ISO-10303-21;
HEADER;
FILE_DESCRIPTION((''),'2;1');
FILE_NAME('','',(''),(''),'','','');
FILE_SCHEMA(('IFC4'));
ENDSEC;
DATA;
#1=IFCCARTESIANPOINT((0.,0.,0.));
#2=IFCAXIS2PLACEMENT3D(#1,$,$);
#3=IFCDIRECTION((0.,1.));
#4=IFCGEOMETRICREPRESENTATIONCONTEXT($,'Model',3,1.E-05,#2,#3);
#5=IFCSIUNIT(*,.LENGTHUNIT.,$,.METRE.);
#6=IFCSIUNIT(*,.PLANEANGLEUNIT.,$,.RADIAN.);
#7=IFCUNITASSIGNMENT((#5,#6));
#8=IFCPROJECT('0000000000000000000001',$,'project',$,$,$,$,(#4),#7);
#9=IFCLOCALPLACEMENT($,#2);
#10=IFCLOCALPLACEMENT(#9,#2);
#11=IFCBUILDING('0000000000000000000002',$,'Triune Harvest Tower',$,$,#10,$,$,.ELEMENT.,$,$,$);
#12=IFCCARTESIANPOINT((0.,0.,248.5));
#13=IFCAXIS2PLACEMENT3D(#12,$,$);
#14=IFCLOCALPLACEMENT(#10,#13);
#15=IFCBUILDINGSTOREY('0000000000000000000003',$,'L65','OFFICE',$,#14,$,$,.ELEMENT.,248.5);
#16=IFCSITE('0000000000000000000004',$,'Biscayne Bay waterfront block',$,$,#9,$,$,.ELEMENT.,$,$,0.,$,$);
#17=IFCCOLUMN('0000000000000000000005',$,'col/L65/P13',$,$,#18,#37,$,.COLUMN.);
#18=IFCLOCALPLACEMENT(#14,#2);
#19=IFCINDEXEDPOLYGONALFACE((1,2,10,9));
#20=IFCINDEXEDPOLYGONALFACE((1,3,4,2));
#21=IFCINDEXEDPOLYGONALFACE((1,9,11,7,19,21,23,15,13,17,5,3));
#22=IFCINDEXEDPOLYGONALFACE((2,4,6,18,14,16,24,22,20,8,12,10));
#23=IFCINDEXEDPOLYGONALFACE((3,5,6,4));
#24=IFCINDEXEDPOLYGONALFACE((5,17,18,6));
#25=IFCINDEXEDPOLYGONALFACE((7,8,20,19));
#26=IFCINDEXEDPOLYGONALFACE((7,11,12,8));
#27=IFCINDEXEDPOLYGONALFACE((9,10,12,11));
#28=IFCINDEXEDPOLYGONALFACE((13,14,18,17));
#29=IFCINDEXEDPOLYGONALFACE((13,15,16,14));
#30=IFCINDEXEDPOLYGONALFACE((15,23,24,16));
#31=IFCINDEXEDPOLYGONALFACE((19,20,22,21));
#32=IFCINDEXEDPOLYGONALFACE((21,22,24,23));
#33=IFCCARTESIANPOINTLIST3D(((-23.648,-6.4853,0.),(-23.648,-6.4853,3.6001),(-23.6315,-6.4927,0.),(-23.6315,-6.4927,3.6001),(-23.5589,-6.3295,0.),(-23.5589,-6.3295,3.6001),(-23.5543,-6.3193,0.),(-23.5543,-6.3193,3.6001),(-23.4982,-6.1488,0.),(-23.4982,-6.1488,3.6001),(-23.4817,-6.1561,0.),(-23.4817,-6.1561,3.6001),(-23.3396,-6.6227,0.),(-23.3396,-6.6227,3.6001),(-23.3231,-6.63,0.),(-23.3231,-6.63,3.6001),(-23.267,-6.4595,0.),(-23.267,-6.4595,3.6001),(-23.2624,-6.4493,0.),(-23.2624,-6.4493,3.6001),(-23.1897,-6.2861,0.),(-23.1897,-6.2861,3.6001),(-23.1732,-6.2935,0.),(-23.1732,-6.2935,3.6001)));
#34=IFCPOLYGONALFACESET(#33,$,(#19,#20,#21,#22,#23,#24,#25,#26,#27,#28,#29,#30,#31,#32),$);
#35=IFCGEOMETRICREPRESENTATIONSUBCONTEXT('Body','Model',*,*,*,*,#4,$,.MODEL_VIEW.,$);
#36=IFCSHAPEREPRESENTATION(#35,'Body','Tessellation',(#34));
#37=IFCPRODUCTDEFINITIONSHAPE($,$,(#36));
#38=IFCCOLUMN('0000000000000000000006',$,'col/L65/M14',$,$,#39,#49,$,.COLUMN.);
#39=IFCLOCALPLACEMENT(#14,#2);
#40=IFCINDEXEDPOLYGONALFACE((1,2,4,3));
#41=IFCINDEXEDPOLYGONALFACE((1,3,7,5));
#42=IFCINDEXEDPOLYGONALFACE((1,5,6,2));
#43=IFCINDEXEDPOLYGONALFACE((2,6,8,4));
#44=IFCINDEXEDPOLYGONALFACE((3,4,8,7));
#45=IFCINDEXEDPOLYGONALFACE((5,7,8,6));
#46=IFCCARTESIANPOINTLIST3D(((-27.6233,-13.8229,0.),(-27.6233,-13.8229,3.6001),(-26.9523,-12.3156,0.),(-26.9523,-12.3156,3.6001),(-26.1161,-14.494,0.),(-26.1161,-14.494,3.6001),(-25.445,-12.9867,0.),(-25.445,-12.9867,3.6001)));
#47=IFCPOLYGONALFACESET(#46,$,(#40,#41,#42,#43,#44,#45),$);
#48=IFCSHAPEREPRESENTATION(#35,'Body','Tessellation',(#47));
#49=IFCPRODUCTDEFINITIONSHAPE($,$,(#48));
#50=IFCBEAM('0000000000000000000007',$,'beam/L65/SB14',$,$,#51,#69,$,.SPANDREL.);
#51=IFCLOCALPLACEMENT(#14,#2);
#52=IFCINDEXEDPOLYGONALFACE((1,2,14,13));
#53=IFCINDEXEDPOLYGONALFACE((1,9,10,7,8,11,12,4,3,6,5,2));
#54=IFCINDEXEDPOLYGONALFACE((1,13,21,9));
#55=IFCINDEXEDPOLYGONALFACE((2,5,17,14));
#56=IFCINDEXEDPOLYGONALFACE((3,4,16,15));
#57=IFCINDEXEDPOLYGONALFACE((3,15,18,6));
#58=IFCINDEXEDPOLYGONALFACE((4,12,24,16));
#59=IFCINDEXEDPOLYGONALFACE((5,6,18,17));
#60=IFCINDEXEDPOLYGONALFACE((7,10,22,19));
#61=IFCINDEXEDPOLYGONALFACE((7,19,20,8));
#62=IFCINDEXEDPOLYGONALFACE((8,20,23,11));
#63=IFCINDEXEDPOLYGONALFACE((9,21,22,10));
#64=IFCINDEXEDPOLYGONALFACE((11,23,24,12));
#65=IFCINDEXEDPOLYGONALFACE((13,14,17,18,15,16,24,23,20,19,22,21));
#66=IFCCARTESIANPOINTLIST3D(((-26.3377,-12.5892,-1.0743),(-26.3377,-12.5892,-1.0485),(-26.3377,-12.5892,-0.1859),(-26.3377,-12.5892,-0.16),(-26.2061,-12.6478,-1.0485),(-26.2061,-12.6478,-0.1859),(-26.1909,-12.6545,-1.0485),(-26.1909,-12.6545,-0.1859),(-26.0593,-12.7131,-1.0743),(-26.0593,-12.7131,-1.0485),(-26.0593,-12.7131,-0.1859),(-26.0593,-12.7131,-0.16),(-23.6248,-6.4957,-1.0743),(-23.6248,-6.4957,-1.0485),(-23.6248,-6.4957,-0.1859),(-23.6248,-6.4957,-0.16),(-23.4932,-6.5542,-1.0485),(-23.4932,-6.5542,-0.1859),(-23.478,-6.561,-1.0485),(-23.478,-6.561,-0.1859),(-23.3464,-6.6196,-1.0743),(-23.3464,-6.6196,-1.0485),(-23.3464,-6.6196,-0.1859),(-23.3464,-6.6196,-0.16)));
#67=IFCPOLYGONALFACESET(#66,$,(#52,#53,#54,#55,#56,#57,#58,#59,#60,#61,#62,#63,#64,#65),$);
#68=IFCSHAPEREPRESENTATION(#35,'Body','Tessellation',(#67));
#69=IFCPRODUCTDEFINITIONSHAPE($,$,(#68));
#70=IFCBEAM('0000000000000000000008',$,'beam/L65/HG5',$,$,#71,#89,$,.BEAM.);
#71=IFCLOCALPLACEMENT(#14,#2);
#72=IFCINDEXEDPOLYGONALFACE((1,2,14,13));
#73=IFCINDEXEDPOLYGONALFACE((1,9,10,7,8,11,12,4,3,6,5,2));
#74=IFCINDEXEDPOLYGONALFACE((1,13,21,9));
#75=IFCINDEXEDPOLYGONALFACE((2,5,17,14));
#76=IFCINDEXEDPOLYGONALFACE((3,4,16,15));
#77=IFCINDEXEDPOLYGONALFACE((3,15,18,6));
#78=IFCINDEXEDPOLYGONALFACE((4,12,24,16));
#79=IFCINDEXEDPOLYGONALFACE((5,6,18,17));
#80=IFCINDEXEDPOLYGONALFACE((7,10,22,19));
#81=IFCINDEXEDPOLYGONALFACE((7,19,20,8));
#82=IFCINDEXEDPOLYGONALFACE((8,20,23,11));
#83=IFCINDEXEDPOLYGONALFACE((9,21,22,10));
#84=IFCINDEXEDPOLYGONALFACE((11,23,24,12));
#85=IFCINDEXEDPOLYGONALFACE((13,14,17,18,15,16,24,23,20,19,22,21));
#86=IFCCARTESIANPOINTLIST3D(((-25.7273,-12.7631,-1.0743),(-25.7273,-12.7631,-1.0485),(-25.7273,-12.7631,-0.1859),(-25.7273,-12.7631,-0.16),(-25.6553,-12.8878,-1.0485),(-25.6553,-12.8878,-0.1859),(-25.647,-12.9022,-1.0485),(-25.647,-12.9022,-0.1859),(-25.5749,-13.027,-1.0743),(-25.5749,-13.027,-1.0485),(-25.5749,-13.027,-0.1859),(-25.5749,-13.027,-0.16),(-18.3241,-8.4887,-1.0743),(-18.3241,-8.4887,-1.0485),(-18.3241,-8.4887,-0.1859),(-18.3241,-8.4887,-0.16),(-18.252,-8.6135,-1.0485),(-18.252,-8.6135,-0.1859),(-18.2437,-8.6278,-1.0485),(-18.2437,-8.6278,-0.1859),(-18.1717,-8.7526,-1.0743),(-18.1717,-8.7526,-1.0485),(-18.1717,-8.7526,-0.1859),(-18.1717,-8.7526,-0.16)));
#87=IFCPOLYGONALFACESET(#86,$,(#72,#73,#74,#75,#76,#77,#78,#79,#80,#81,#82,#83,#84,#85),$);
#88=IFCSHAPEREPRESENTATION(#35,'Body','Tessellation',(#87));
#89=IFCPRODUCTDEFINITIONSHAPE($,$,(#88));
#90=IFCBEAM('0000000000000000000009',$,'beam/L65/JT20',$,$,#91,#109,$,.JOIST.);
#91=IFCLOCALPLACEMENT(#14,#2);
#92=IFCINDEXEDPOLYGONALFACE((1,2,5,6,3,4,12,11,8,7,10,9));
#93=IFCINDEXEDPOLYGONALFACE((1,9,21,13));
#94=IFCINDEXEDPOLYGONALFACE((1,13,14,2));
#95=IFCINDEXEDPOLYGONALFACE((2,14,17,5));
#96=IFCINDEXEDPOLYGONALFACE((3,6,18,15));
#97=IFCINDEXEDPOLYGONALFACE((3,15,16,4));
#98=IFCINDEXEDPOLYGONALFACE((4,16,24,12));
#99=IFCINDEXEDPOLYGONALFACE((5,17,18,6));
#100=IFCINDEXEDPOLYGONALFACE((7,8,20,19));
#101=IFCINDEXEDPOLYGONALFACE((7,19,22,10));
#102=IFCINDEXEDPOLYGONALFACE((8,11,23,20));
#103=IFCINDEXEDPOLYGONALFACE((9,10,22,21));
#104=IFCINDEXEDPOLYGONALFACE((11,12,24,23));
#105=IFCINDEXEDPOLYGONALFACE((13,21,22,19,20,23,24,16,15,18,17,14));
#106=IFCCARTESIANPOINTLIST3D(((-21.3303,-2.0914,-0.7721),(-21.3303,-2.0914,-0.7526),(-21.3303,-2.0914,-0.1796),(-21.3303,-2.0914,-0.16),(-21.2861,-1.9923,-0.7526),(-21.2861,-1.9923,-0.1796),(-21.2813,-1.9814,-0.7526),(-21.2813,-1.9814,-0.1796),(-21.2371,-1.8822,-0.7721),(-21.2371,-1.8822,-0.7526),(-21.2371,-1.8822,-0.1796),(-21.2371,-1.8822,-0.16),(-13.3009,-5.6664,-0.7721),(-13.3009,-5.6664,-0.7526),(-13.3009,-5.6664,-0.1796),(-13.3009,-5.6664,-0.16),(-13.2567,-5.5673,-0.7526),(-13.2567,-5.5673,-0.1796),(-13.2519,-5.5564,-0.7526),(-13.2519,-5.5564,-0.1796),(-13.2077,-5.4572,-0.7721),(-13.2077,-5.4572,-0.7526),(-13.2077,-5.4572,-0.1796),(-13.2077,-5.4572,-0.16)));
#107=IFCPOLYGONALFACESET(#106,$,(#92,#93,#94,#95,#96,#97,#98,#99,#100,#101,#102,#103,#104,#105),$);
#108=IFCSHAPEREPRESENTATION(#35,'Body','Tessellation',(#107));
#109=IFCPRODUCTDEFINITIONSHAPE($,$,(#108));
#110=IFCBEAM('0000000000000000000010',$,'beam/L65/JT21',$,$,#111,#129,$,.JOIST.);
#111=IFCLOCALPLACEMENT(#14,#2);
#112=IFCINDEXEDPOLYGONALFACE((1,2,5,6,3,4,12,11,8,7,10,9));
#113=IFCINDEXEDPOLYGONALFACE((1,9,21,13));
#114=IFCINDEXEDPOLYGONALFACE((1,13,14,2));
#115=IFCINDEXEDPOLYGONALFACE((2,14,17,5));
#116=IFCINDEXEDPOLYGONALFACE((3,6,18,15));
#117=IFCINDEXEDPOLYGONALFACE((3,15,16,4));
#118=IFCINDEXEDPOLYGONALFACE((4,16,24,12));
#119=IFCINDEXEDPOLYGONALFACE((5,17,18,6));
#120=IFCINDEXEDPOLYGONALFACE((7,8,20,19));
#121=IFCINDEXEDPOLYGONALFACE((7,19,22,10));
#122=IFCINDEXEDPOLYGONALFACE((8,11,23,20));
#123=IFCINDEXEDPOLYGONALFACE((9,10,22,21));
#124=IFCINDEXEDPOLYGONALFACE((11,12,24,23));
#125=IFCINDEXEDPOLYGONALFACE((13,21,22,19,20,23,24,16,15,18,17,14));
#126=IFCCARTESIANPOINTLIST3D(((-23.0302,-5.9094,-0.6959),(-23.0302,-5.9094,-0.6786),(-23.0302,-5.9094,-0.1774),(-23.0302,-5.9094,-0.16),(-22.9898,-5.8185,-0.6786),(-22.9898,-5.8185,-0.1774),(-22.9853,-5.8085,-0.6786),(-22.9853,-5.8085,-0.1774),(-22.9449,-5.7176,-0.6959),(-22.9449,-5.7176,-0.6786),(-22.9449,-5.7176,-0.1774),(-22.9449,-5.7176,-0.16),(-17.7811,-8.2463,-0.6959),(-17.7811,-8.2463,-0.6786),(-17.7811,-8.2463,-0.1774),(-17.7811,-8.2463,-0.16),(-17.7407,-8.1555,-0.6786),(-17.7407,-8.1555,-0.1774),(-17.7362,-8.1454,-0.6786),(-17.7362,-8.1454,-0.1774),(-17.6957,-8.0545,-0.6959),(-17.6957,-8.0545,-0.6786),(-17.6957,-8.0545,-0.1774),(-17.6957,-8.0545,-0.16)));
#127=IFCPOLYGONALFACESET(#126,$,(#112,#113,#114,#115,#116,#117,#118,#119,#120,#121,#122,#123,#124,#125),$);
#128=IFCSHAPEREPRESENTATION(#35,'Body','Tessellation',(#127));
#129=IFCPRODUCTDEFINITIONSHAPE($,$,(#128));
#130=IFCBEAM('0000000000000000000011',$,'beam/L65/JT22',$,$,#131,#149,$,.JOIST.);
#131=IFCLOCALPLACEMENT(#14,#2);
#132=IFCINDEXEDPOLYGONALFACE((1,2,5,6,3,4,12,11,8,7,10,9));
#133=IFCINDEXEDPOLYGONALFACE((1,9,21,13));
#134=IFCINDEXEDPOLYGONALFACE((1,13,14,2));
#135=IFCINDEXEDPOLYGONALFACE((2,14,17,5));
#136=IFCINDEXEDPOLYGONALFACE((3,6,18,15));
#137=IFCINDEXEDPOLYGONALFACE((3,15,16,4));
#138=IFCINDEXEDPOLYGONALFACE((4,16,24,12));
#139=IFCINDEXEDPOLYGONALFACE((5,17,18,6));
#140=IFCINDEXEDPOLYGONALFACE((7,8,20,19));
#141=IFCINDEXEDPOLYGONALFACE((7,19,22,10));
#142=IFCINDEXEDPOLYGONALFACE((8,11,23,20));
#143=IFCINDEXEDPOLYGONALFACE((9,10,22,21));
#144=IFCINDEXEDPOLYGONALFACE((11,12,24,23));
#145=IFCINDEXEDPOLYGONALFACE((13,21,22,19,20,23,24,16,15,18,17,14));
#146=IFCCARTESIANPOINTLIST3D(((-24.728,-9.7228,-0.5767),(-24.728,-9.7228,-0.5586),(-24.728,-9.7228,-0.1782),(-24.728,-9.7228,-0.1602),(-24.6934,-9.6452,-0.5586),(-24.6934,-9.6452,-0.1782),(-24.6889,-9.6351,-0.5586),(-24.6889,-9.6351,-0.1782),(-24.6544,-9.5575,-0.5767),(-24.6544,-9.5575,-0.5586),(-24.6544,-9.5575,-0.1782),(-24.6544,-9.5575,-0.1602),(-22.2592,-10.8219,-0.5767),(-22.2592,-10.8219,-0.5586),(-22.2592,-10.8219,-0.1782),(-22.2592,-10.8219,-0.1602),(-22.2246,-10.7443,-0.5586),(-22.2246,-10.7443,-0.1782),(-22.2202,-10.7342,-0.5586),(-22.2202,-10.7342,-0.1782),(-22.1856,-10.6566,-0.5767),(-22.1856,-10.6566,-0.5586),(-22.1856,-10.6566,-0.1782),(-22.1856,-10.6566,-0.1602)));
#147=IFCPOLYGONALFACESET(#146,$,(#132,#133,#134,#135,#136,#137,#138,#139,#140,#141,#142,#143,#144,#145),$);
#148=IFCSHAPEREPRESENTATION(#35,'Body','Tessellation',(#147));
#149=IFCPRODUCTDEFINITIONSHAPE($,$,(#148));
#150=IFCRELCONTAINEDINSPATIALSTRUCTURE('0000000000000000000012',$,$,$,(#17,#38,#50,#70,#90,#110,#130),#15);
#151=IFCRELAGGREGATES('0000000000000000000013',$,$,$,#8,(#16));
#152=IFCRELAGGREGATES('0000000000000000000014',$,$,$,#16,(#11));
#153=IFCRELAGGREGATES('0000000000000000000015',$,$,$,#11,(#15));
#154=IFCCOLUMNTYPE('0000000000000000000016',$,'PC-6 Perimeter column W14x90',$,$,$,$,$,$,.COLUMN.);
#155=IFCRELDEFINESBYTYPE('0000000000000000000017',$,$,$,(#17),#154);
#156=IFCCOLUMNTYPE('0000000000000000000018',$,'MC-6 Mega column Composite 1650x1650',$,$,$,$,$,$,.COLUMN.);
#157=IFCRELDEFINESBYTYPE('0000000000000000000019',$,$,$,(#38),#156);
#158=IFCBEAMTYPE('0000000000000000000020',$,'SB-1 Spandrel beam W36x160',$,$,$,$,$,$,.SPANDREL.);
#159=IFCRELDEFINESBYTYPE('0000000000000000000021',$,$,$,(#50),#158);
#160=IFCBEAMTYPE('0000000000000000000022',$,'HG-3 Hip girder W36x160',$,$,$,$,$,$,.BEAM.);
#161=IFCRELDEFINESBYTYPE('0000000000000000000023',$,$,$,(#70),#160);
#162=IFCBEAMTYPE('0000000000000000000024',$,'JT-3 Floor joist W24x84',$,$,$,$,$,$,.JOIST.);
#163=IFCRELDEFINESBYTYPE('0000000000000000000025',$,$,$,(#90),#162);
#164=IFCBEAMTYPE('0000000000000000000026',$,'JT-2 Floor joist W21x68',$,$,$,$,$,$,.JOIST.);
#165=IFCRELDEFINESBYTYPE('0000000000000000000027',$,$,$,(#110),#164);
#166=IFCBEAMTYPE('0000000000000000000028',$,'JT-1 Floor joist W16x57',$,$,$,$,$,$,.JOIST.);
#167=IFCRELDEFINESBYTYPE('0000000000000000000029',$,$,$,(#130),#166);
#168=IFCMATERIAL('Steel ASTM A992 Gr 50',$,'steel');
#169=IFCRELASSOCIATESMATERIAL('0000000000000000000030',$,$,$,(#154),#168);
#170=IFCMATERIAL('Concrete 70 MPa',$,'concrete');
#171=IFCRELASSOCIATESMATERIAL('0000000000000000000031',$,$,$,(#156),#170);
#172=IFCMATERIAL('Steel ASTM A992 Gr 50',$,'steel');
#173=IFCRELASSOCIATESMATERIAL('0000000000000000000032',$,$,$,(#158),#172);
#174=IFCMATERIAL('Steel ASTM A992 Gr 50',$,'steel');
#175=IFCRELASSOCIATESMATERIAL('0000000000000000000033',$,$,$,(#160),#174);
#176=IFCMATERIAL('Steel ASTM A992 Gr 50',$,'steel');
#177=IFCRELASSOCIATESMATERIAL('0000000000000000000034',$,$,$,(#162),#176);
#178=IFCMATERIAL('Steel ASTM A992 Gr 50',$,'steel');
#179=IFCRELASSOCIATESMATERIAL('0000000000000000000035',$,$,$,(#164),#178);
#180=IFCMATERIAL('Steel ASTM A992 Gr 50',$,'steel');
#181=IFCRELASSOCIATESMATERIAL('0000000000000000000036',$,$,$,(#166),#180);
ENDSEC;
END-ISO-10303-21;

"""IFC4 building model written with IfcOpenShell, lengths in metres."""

from ifc_helpers import new_model, si_unit, direction, frame, origin, origin_2d, place, context, subcontext, project, spatial, rectangle, i_section, extrude, source, transform, mapped, material, material_profile, profile_set, type_object, element, save


model = new_model("IFC4")

# Units and contexts
model_context = context("Model", 3, precision=1e-05, world=origin(), true_north=direction((0.0, 1.0)))
body_context = subcontext(model_context, "Body", "Model", "MODEL_VIEW")
ifc_project = project(units=[si_unit("LENGTHUNIT", "METRE"), si_unit("PLANEANGLEUNIT", "RADIAN")], contexts=[model_context])

# Site, building, storey
site_placement = place(None, origin())
site = spatial("IfcSite", under=ifc_project, at=site_placement, Name="Biscayne Bay waterfront block", CompositionType="ELEMENT", RefElevation=0.0)
building_placement = place(site_placement, origin())
building = spatial("IfcBuilding", under=site, at=building_placement, Name="Triune Harvest Tower", CompositionType="ELEMENT")
storey_placement = place(building_placement, frame((0.0, 0.0, 248.5)))
storey = spatial("IfcBuildingStorey", under=building, at=storey_placement, Name="L65", Description="OFFICE", CompositionType="ELEMENT", Elevation=248.5)

# Columns
ifc_material_1 = material(Name="Steel ASTM A992 Gr 50", Category="steel")
ifc_material_profile_1 = material_profile(ifc_material_1, i_section(OverallWidth=0.3684, OverallDepth=0.3557, WebThickness=0.0112, FlangeThickness=0.0181, at=origin_2d()), Name="W14x90")
ifc_profile_set_1 = profile_set([ifc_material_profile_1], Name="Steel ASTM A992 Gr 50")
column_type_1 = type_object("IfcColumnType", Name="PC-6 Perimeter column W14x90", PredefinedType="COLUMN", material=ifc_profile_set_1)
shared_shape_1 = source(origin(), body_context, "Body", "SweptSolid", [
    extrude(i_section(OverallWidth=0.3684, OverallDepth=0.3557, WebThickness=0.0112, FlangeThickness=0.0181, at=origin_2d()), origin(), (0.0, 0.0, 1.0), 3.6001),
])
column_1_placement = place(storey_placement, frame((-23.4106, -6.3894, 0.0), z_axis=(0.0, 0.0, 1.0), x_axis=(-0.406738, -0.913545, 0.0)))
element("IfcColumn", 1, at=column_1_placement, inside=storey, type_object=column_type_1, Name="col/L65/P13", PredefinedType="COLUMN", context=body_context, shape_type="MappedRepresentation", body=[
    mapped(shared_shape_1, transform((0.0, 0.0, 0.0), scale=1.0)),
])
ifc_material_2 = material(Name="Concrete 70 MPa", Category="concrete")
ifc_material_profile_2 = material_profile(ifc_material_2, rectangle(XDim=1.6499, YDim=1.6499, at=origin_2d()), Name="Composite 1650x1650")
ifc_profile_set_2 = profile_set([ifc_material_profile_2], Name="Concrete 70 MPa")
column_type_2 = type_object("IfcColumnType", Name="MC-6 Mega column Composite 1650x1650", PredefinedType="COLUMN", material=ifc_profile_set_2)
shared_shape_2 = source(origin(), body_context, "Body", "SweptSolid", [
    extrude(rectangle(XDim=1.6499, YDim=1.6499, at=origin_2d()), origin(), (0.0, 0.0, 1.0), 3.6001),
])
column_2_placement = place(storey_placement, frame((-26.5342, -13.4048, 0.0), z_axis=(0.0, 0.0, 1.0), x_axis=(-0.406738, -0.913545, 0.0)))
element("IfcColumn", 2, at=column_2_placement, inside=storey, type_object=column_type_2, Name="col/L65/M14", PredefinedType="COLUMN", context=body_context, shape_type="MappedRepresentation", body=[
    mapped(shared_shape_2, transform((0.0, 0.0, 0.0), scale=1.0)),
])

# Beams
ifc_material_3 = material(Name="Steel ASTM A992 Gr 50", Category="steel")
ifc_material_profile_3 = material_profile(ifc_material_3, i_section(OverallWidth=0.3047, OverallDepth=0.9143, WebThickness=0.0166, FlangeThickness=0.0259, at=origin_2d()), Name="W36x160")
ifc_profile_set_3 = profile_set([ifc_material_profile_3], Name="Steel ASTM A992 Gr 50")
beam_type_1 = type_object("IfcBeamType", Name="SB-1 Spandrel beam W36x160", PredefinedType="SPANDREL", material=ifc_profile_set_3)
shared_shape_3 = source(origin(), body_context, "Body", "SweptSolid", [
    extrude(i_section(OverallWidth=0.3047, OverallDepth=0.9143, WebThickness=0.0166, FlangeThickness=0.0259, at=origin_2d()), origin(), (0.0, 0.0, 1.0), 6.6702),
])
beam_1_placement = place(storey_placement, frame((-23.4856, -6.5576, -0.6172), z_axis=(-0.406723, -0.913552, 0.0), x_axis=(0.913552, -0.406723, 0.0)))
element("IfcBeam", 3, at=beam_1_placement, inside=storey, type_object=beam_type_1, Name="beam/L65/SB14", PredefinedType="SPANDREL", context=body_context, shape_type="MappedRepresentation", body=[
    mapped(shared_shape_3, transform((0.0, 0.0, 0.0), scale=1.0)),
])
ifc_material_4 = material(Name="Steel ASTM A992 Gr 50", Category="steel")
ifc_material_profile_4 = material_profile(ifc_material_4, i_section(OverallWidth=0.3047, OverallDepth=0.9143, WebThickness=0.0166, FlangeThickness=0.0259, at=origin_2d()), Name="W36x160")
ifc_profile_set_4 = profile_set([ifc_material_profile_4], Name="Steel ASTM A992 Gr 50")
beam_type_2 = type_object("IfcBeamType", Name="HG-3 Hip girder W36x160", PredefinedType="BEAM", material=ifc_profile_set_4)
shared_shape_4 = source(origin(), body_context, "Body", "SweptSolid", [
    extrude(i_section(OverallWidth=0.3047, OverallDepth=0.9143, WebThickness=0.0166, FlangeThickness=0.0259, at=origin_2d()), origin(), (0.0, 0.0, 1.0), 8.5486),
])
beam_2_placement = place(storey_placement, frame((-25.6511, -12.895, -0.6172), z_axis=(0.86602, 0.500009, 0.0), x_axis=(-0.500009, 0.86602, 0.0)))
element("IfcBeam", 4, at=beam_2_placement, inside=storey, type_object=beam_type_2, Name="beam/L65/HG5", PredefinedType="BEAM", context=body_context, shape_type="MappedRepresentation", body=[
    mapped(shared_shape_4, transform((0.0, 0.0, 0.0), scale=1.0)),
])
ifc_material_5 = material(Name="Steel ASTM A992 Gr 50", Category="steel")
ifc_material_profile_5 = material_profile(ifc_material_5, i_section(OverallWidth=0.229, OverallDepth=0.6121, WebThickness=0.012, FlangeThickness=0.0195, at=origin_2d()), Name="W24x84")
ifc_profile_set_5 = profile_set([ifc_material_profile_5], Name="Steel ASTM A992 Gr 50")
beam_type_3 = type_object("IfcBeamType", Name="JT-3 Floor joist W24x84", PredefinedType="JOIST", material=ifc_profile_set_5)
shared_shape_5 = source(origin(), body_context, "Body", "SweptSolid", [
    extrude(i_section(OverallWidth=0.229, OverallDepth=0.6121, WebThickness=0.012, FlangeThickness=0.0195, at=origin_2d()), origin(), (0.0, 0.0, 1.0), 8.7893),
])
beam_3_placement = place(storey_placement, frame((-21.2837, -1.9868, -0.4661), z_axis=(0.913542, -0.406744, 0.0), x_axis=(0.406744, 0.913542, 0.0)))
element("IfcBeam", 5, at=beam_3_placement, inside=storey, type_object=beam_type_3, Name="beam/L65/JT20", PredefinedType="JOIST", context=body_context, shape_type="MappedRepresentation", body=[
    mapped(shared_shape_5, transform((0.0, 0.0, 0.0), scale=1.0)),
])
ifc_material_6 = material(Name="Steel ASTM A992 Gr 50", Category="steel")
ifc_material_profile_6 = material_profile(ifc_material_6, i_section(OverallWidth=0.21, OverallDepth=0.5359, WebThickness=0.011, FlangeThickness=0.0173, at=origin_2d()), Name="W21x68")
ifc_profile_set_6 = profile_set([ifc_material_profile_6], Name="Steel ASTM A992 Gr 50")
beam_type_4 = type_object("IfcBeamType", Name="JT-2 Floor joist W21x68", PredefinedType="JOIST", material=ifc_profile_set_6)
shared_shape_6 = source(origin(), body_context, "Body", "SweptSolid", [
    extrude(i_section(OverallWidth=0.21, OverallDepth=0.5359, WebThickness=0.011, FlangeThickness=0.0173, at=origin_2d()), origin(), (0.0, 0.0, 1.0), 5.7458),
])
beam_4_placement = place(storey_placement, frame((-22.9875, -5.8135, -0.428), z_axis=(0.913552, -0.406722, 0.0), x_axis=(0.406722, 0.913552, 0.0)))
element("IfcBeam", 6, at=beam_4_placement, inside=storey, type_object=beam_type_4, Name="beam/L65/JT21", PredefinedType="JOIST", context=body_context, shape_type="MappedRepresentation", body=[
    mapped(shared_shape_6, transform((0.0, 0.0, 0.0), scale=1.0)),
])
ifc_material_7 = material(Name="Steel ASTM A992 Gr 50", Category="steel")
ifc_material_profile_7 = material_profile(ifc_material_7, i_section(OverallWidth=0.1809, OverallDepth=0.4165, WebThickness=0.011, FlangeThickness=0.0181, at=origin_2d()), Name="W16x57")
ifc_profile_set_7 = profile_set([ifc_material_profile_7], Name="Steel ASTM A992 Gr 50")
beam_type_5 = type_object("IfcBeamType", Name="JT-1 Floor joist W16x57", PredefinedType="JOIST", material=ifc_profile_set_7)
shared_shape_7 = source(origin(), body_context, "Body", "SweptSolid", [
    extrude(i_section(OverallWidth=0.1809, OverallDepth=0.4165, WebThickness=0.011, FlangeThickness=0.0181, at=origin_2d()), origin(), (0.0, 0.0, 1.0), 2.7024),
])
beam_5_placement = place(storey_placement, frame((-24.6912, -9.6401, -0.3684), z_axis=(0.913551, -0.406725, 0.0), x_axis=(0.406725, 0.913551, 0.0)))
element("IfcBeam", 7, at=beam_5_placement, inside=storey, type_object=beam_type_5, Name="beam/L65/JT22", PredefinedType="JOIST", context=body_context, shape_type="MappedRepresentation", body=[
    mapped(shared_shape_7, transform((0.0, 0.0, 0.0), scale=1.0)),
])

save(model, "model.ifc")
